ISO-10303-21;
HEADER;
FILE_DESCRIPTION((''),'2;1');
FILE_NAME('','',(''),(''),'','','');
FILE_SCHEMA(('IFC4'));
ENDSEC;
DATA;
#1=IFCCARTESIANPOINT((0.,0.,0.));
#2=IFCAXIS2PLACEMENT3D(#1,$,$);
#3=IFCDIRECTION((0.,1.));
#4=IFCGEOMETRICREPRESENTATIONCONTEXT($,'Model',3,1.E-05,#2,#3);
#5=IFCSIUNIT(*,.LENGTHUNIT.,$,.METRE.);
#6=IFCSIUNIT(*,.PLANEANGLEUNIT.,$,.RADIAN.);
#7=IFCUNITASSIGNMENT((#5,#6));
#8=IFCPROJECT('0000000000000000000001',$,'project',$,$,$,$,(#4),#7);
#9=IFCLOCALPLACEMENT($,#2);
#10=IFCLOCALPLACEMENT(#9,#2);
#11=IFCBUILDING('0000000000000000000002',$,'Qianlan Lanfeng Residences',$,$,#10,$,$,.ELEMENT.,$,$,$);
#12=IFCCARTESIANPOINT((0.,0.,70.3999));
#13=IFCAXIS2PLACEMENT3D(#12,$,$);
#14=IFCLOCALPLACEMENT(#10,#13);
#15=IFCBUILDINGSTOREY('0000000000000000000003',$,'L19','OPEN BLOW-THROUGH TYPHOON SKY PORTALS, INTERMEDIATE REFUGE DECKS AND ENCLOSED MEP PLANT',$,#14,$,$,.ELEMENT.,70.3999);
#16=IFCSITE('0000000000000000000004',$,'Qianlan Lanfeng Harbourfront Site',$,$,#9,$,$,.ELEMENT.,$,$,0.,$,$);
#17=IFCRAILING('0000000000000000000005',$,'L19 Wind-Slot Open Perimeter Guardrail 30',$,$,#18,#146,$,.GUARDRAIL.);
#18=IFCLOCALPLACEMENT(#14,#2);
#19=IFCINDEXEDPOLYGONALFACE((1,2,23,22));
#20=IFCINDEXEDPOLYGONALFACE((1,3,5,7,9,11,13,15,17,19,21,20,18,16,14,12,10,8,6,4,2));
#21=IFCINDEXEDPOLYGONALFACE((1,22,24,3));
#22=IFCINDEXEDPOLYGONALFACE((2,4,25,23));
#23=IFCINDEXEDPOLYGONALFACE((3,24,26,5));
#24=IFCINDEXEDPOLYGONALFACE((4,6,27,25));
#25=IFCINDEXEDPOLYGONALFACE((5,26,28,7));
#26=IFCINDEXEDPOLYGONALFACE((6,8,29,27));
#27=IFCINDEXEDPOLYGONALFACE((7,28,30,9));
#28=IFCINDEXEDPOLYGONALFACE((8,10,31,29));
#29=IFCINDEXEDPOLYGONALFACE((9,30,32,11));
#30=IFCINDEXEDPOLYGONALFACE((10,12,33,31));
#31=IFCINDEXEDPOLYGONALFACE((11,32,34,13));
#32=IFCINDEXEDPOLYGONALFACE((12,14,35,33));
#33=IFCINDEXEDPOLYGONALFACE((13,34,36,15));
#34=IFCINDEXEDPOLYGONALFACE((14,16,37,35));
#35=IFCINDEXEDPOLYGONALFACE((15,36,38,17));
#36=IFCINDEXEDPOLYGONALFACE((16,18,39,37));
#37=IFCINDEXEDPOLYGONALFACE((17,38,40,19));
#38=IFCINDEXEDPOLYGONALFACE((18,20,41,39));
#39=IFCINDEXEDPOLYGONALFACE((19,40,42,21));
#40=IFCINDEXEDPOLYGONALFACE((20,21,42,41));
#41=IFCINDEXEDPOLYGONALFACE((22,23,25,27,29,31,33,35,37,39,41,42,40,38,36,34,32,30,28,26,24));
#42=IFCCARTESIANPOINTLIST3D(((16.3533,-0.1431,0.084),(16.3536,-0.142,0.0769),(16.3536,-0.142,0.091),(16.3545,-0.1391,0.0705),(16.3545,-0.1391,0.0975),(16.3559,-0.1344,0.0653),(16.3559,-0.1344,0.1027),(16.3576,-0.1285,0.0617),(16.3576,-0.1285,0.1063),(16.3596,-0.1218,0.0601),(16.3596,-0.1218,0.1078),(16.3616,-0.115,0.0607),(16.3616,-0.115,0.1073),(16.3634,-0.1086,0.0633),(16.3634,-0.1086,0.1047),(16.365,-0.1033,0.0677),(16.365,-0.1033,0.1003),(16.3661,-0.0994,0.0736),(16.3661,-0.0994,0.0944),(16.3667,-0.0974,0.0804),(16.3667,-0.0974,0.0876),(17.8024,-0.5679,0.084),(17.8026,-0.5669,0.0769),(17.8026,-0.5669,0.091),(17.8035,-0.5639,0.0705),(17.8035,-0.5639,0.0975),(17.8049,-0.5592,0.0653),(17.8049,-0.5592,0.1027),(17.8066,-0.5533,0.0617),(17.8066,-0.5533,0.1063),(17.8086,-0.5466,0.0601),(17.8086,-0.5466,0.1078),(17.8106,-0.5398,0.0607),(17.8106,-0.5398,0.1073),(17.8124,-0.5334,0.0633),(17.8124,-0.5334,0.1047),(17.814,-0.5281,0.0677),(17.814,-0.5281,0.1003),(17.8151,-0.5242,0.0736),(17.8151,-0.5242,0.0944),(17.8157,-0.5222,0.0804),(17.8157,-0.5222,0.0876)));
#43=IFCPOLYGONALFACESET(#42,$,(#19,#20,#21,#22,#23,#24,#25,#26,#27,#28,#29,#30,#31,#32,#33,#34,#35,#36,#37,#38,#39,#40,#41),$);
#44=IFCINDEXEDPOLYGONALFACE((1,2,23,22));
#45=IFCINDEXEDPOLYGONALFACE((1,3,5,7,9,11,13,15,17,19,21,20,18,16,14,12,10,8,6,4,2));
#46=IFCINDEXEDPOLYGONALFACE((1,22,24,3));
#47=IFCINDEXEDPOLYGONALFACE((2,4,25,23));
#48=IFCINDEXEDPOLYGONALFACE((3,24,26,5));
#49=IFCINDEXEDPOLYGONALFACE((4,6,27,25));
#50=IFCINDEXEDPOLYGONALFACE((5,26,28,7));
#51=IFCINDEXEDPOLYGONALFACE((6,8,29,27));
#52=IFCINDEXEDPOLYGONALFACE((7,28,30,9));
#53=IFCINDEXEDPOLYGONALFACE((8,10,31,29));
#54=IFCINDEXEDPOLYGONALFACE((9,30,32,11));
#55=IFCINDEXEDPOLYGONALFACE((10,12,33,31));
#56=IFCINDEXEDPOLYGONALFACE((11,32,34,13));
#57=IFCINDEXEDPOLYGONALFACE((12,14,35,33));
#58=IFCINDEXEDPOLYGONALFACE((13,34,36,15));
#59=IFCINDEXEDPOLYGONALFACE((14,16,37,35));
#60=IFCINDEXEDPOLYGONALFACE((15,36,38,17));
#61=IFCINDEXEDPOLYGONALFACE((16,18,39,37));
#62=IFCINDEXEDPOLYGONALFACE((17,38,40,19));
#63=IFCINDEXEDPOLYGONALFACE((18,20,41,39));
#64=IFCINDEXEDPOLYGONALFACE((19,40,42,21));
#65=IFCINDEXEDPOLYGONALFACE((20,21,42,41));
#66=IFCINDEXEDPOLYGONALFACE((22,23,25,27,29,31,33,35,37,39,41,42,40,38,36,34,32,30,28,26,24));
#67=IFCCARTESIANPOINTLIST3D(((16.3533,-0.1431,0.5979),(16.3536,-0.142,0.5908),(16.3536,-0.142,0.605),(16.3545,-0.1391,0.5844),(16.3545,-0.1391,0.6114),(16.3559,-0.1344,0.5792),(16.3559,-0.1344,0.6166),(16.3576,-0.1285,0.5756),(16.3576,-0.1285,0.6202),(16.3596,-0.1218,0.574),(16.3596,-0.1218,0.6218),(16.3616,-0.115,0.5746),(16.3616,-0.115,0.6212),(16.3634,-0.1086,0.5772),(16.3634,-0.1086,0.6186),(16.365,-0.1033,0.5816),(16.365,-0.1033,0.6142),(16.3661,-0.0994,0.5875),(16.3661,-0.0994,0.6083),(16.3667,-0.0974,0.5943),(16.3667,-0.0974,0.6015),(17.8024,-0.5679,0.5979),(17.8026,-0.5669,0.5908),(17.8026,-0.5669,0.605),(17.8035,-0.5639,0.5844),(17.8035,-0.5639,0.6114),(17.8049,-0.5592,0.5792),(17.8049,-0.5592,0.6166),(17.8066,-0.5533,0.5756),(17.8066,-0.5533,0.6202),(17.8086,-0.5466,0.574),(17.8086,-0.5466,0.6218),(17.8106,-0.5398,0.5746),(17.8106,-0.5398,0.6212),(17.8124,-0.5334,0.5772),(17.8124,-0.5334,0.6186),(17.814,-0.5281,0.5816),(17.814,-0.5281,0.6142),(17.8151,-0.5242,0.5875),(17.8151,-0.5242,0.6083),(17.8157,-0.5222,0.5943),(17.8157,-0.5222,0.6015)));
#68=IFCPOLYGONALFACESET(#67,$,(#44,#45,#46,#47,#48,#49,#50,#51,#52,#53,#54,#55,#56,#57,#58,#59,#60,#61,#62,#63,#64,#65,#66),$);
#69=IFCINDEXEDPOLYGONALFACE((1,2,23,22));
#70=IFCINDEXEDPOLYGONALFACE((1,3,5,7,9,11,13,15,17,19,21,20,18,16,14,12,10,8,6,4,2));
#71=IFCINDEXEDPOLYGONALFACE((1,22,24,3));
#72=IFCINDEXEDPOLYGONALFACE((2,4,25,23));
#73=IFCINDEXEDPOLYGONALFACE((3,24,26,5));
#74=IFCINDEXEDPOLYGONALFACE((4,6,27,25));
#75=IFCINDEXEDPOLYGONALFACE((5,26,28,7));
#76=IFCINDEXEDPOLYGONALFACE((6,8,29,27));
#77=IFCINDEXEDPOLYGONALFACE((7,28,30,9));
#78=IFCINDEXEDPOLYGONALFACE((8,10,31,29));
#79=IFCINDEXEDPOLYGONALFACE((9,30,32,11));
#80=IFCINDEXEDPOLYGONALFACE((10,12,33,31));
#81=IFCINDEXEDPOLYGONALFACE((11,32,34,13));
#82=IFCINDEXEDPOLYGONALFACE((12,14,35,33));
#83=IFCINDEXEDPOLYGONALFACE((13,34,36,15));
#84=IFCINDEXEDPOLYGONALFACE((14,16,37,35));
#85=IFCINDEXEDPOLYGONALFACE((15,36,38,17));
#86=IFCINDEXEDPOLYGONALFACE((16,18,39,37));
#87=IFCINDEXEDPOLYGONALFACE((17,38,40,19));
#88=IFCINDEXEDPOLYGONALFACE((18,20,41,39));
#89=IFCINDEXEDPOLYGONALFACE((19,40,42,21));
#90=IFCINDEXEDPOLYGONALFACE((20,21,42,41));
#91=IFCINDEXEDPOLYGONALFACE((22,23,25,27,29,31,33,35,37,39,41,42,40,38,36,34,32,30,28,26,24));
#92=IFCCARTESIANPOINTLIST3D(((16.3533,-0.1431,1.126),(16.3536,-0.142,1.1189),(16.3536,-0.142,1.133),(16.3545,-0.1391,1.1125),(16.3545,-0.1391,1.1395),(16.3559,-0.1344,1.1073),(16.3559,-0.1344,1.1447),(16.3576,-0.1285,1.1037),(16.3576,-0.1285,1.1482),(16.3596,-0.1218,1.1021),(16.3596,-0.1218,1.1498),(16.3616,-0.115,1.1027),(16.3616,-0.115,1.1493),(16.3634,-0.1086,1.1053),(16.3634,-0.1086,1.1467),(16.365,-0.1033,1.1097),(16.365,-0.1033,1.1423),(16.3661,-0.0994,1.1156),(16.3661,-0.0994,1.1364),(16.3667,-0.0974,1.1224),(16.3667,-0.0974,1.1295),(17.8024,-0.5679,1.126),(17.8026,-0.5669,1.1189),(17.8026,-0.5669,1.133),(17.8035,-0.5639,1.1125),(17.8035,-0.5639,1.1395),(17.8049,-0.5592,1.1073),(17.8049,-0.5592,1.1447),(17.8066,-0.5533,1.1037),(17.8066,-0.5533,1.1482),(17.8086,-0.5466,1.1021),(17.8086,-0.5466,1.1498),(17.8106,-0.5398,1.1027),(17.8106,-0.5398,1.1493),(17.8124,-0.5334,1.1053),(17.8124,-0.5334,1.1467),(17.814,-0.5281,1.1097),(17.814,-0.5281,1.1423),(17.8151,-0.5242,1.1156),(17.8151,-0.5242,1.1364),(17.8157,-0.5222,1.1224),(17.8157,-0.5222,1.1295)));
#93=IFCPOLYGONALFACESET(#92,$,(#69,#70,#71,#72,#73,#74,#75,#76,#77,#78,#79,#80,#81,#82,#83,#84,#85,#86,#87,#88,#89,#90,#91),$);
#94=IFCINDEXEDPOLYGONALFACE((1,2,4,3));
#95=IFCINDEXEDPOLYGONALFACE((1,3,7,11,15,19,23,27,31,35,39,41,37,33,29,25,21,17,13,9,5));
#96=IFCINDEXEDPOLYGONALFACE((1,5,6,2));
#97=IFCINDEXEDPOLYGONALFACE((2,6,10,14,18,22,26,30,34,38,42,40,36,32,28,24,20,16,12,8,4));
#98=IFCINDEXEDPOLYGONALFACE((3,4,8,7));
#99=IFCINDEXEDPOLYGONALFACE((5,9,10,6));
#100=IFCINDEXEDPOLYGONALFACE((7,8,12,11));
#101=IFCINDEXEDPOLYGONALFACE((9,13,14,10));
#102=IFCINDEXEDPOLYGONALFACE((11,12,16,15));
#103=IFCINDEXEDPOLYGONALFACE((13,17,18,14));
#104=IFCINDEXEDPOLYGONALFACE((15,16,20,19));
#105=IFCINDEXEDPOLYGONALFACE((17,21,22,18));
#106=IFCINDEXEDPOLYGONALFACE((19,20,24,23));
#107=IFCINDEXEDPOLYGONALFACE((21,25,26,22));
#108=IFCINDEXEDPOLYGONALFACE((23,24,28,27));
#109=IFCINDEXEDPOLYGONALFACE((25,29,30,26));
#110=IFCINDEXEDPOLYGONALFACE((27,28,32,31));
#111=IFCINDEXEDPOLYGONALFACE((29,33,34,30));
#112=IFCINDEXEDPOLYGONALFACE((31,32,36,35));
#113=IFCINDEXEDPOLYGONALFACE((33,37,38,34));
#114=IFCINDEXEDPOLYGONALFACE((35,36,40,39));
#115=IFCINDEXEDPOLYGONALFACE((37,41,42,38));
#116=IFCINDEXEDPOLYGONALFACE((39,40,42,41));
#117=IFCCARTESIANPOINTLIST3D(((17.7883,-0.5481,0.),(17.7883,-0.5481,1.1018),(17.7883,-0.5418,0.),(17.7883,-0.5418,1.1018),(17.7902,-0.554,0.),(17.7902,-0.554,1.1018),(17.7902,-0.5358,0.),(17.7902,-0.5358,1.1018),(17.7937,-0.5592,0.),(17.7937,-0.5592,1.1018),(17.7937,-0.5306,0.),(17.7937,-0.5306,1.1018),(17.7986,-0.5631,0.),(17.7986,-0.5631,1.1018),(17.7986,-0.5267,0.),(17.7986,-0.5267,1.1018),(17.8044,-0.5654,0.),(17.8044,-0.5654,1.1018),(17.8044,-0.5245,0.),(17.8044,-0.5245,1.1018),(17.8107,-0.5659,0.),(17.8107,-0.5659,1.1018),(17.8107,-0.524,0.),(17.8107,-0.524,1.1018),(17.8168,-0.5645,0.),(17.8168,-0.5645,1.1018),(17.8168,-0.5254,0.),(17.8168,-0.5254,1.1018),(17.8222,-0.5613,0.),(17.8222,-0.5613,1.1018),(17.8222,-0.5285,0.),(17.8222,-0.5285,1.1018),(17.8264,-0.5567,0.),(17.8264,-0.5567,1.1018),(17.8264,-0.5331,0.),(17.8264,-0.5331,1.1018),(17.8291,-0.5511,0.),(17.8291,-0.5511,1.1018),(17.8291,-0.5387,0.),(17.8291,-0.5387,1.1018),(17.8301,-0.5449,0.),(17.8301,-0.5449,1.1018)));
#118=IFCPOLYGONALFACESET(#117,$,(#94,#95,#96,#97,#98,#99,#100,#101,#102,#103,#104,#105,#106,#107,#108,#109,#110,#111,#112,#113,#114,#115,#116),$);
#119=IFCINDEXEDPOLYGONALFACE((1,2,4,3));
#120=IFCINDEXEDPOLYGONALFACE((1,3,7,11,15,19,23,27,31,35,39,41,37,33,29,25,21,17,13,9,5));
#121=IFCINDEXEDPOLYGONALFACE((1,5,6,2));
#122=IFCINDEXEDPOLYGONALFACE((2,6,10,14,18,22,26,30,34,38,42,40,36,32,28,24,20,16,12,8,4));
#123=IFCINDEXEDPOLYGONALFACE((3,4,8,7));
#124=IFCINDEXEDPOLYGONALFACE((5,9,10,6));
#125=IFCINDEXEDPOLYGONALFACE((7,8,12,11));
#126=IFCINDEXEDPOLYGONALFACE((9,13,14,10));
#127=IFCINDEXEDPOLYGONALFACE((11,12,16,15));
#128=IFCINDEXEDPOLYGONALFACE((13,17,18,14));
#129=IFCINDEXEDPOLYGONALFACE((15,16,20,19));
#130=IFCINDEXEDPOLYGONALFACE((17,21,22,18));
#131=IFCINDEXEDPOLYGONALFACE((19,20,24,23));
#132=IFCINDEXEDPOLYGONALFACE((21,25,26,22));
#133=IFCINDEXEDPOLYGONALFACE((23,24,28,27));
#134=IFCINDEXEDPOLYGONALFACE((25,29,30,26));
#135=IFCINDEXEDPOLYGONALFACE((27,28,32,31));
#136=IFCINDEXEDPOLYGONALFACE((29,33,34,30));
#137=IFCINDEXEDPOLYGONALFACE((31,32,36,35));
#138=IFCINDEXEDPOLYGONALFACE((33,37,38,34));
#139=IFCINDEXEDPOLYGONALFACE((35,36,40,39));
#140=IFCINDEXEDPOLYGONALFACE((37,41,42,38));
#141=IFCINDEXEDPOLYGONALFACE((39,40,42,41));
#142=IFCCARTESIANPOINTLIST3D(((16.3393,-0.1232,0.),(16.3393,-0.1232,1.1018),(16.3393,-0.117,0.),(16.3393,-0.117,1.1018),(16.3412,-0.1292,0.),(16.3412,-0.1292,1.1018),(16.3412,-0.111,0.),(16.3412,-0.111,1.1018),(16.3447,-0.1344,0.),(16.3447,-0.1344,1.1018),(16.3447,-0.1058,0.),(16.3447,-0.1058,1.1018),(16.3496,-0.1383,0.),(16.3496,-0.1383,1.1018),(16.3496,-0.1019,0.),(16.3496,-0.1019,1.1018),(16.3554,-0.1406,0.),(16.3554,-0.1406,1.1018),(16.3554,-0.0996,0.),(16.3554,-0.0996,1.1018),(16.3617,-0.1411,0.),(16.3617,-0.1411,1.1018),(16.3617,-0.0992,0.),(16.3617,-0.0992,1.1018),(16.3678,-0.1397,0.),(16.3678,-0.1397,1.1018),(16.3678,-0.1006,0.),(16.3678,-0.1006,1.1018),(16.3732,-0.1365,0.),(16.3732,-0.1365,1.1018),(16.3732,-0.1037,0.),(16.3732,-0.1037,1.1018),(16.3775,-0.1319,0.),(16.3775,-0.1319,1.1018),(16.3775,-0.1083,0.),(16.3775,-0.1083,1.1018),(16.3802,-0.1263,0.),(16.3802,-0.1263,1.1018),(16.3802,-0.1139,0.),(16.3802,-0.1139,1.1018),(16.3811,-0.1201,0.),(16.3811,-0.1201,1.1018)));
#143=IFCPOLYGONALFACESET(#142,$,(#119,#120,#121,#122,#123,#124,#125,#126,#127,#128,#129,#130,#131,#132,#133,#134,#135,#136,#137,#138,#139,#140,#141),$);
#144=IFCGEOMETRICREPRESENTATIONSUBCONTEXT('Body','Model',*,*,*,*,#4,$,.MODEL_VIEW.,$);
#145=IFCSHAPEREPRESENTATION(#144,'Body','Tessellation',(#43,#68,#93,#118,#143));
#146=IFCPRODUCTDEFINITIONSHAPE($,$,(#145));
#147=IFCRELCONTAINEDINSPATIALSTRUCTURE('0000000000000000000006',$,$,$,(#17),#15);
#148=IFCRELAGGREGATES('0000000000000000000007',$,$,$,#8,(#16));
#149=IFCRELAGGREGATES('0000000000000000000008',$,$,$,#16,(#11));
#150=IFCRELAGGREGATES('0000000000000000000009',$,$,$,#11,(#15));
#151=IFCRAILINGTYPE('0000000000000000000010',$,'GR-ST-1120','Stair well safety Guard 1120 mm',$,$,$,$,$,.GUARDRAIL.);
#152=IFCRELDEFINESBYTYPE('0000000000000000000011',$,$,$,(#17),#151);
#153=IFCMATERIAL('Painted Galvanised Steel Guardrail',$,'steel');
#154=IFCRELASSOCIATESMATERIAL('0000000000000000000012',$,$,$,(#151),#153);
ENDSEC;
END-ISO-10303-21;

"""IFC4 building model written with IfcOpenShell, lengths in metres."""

from ifc_helpers import new_model, si_unit, direction, frame, origin, origin_2d, place, context, subcontext, project, spatial, circle, extrude, material, type_object, element, save


model = new_model("IFC4")

# Units and contexts
model_context = context("Model", 3, precision=1e-05, world=origin(), true_north=direction((0.0, 1.0)))
body_context = subcontext(model_context, "Body", "Model", "MODEL_VIEW")
ifc_project = project(units=[si_unit("LENGTHUNIT", "METRE"), si_unit("PLANEANGLEUNIT", "RADIAN")], contexts=[model_context])

# Site, building, storey
site_placement = place(None, origin())
site = spatial("IfcSite", under=ifc_project, at=site_placement, Name="Qianlan Lanfeng Harbourfront Site", CompositionType="ELEMENT", RefElevation=0.0)
building_placement = place(site_placement, origin())
building = spatial("IfcBuilding", under=site, at=building_placement, Name="Qianlan Lanfeng Residences", CompositionType="ELEMENT")
storey_placement = place(building_placement, frame((0.0, 0.0, 70.3999)))
storey = spatial("IfcBuildingStorey", under=building, at=storey_placement, Name="L19", Description="OPEN BLOW-THROUGH TYPHOON SKY PORTALS, INTERMEDIATE REFUGE DECKS AND ENCLOSED MEP PLANT", CompositionType="ELEMENT", Elevation=70.3999)

# Railing
ifc_material_1 = material(Name="Painted Galvanised Steel Guardrail", Category="steel")
railing_type = type_object("IfcRailingType", Name="GR-ST-1120", Description="Stair well safety Guard 1120 mm", PredefinedType="GUARDRAIL", material=ifc_material_1)
railing_1_placement = place(storey_placement, frame((17.8091, -0.5449, 0.0)))
element("IfcRailing", 1, at=railing_1_placement, inside=storey, type_object=railing_type, Name="L19 Wind-Slot Open Perimeter Guardrail 30", PredefinedType="GUARDRAIL", context=body_context, shape_type="SweptSolid", body=[
    extrude(circle(Radius=0.0239, at=origin_2d()), frame((0.0, 0.0, 0.084), z_axis=(-0.95961, 0.281335, 0.0), x_axis=(-0.281335, -0.95961, 0.0)), (0.0, 0.0, 1.0), 1.51),
    extrude(circle(Radius=0.0239, at=origin_2d()), frame((0.0, 0.0, 0.5979), z_axis=(-0.95961, 0.281335, 0.0), x_axis=(-0.281335, -0.95961, 0.0)), (0.0, 0.0, 1.0), 1.51),
    extrude(circle(Radius=0.0239, at=origin_2d()), frame((0.0, 0.0, 1.126), z_axis=(-0.95961, 0.281335, 0.0), x_axis=(-0.281335, -0.95961, 0.0)), (0.0, 0.0, 1.0), 1.51),
    extrude(circle(Radius=0.021, at=origin_2d()), origin(), (0.0, 0.0, 1.0), 1.1018),
    extrude(circle(Radius=0.021, at=origin_2d()), frame((-1.449, 0.4248, 0.0)), (0.0, 0.0, 1.0), 1.1018),
])

save(model, "model.ifc")
